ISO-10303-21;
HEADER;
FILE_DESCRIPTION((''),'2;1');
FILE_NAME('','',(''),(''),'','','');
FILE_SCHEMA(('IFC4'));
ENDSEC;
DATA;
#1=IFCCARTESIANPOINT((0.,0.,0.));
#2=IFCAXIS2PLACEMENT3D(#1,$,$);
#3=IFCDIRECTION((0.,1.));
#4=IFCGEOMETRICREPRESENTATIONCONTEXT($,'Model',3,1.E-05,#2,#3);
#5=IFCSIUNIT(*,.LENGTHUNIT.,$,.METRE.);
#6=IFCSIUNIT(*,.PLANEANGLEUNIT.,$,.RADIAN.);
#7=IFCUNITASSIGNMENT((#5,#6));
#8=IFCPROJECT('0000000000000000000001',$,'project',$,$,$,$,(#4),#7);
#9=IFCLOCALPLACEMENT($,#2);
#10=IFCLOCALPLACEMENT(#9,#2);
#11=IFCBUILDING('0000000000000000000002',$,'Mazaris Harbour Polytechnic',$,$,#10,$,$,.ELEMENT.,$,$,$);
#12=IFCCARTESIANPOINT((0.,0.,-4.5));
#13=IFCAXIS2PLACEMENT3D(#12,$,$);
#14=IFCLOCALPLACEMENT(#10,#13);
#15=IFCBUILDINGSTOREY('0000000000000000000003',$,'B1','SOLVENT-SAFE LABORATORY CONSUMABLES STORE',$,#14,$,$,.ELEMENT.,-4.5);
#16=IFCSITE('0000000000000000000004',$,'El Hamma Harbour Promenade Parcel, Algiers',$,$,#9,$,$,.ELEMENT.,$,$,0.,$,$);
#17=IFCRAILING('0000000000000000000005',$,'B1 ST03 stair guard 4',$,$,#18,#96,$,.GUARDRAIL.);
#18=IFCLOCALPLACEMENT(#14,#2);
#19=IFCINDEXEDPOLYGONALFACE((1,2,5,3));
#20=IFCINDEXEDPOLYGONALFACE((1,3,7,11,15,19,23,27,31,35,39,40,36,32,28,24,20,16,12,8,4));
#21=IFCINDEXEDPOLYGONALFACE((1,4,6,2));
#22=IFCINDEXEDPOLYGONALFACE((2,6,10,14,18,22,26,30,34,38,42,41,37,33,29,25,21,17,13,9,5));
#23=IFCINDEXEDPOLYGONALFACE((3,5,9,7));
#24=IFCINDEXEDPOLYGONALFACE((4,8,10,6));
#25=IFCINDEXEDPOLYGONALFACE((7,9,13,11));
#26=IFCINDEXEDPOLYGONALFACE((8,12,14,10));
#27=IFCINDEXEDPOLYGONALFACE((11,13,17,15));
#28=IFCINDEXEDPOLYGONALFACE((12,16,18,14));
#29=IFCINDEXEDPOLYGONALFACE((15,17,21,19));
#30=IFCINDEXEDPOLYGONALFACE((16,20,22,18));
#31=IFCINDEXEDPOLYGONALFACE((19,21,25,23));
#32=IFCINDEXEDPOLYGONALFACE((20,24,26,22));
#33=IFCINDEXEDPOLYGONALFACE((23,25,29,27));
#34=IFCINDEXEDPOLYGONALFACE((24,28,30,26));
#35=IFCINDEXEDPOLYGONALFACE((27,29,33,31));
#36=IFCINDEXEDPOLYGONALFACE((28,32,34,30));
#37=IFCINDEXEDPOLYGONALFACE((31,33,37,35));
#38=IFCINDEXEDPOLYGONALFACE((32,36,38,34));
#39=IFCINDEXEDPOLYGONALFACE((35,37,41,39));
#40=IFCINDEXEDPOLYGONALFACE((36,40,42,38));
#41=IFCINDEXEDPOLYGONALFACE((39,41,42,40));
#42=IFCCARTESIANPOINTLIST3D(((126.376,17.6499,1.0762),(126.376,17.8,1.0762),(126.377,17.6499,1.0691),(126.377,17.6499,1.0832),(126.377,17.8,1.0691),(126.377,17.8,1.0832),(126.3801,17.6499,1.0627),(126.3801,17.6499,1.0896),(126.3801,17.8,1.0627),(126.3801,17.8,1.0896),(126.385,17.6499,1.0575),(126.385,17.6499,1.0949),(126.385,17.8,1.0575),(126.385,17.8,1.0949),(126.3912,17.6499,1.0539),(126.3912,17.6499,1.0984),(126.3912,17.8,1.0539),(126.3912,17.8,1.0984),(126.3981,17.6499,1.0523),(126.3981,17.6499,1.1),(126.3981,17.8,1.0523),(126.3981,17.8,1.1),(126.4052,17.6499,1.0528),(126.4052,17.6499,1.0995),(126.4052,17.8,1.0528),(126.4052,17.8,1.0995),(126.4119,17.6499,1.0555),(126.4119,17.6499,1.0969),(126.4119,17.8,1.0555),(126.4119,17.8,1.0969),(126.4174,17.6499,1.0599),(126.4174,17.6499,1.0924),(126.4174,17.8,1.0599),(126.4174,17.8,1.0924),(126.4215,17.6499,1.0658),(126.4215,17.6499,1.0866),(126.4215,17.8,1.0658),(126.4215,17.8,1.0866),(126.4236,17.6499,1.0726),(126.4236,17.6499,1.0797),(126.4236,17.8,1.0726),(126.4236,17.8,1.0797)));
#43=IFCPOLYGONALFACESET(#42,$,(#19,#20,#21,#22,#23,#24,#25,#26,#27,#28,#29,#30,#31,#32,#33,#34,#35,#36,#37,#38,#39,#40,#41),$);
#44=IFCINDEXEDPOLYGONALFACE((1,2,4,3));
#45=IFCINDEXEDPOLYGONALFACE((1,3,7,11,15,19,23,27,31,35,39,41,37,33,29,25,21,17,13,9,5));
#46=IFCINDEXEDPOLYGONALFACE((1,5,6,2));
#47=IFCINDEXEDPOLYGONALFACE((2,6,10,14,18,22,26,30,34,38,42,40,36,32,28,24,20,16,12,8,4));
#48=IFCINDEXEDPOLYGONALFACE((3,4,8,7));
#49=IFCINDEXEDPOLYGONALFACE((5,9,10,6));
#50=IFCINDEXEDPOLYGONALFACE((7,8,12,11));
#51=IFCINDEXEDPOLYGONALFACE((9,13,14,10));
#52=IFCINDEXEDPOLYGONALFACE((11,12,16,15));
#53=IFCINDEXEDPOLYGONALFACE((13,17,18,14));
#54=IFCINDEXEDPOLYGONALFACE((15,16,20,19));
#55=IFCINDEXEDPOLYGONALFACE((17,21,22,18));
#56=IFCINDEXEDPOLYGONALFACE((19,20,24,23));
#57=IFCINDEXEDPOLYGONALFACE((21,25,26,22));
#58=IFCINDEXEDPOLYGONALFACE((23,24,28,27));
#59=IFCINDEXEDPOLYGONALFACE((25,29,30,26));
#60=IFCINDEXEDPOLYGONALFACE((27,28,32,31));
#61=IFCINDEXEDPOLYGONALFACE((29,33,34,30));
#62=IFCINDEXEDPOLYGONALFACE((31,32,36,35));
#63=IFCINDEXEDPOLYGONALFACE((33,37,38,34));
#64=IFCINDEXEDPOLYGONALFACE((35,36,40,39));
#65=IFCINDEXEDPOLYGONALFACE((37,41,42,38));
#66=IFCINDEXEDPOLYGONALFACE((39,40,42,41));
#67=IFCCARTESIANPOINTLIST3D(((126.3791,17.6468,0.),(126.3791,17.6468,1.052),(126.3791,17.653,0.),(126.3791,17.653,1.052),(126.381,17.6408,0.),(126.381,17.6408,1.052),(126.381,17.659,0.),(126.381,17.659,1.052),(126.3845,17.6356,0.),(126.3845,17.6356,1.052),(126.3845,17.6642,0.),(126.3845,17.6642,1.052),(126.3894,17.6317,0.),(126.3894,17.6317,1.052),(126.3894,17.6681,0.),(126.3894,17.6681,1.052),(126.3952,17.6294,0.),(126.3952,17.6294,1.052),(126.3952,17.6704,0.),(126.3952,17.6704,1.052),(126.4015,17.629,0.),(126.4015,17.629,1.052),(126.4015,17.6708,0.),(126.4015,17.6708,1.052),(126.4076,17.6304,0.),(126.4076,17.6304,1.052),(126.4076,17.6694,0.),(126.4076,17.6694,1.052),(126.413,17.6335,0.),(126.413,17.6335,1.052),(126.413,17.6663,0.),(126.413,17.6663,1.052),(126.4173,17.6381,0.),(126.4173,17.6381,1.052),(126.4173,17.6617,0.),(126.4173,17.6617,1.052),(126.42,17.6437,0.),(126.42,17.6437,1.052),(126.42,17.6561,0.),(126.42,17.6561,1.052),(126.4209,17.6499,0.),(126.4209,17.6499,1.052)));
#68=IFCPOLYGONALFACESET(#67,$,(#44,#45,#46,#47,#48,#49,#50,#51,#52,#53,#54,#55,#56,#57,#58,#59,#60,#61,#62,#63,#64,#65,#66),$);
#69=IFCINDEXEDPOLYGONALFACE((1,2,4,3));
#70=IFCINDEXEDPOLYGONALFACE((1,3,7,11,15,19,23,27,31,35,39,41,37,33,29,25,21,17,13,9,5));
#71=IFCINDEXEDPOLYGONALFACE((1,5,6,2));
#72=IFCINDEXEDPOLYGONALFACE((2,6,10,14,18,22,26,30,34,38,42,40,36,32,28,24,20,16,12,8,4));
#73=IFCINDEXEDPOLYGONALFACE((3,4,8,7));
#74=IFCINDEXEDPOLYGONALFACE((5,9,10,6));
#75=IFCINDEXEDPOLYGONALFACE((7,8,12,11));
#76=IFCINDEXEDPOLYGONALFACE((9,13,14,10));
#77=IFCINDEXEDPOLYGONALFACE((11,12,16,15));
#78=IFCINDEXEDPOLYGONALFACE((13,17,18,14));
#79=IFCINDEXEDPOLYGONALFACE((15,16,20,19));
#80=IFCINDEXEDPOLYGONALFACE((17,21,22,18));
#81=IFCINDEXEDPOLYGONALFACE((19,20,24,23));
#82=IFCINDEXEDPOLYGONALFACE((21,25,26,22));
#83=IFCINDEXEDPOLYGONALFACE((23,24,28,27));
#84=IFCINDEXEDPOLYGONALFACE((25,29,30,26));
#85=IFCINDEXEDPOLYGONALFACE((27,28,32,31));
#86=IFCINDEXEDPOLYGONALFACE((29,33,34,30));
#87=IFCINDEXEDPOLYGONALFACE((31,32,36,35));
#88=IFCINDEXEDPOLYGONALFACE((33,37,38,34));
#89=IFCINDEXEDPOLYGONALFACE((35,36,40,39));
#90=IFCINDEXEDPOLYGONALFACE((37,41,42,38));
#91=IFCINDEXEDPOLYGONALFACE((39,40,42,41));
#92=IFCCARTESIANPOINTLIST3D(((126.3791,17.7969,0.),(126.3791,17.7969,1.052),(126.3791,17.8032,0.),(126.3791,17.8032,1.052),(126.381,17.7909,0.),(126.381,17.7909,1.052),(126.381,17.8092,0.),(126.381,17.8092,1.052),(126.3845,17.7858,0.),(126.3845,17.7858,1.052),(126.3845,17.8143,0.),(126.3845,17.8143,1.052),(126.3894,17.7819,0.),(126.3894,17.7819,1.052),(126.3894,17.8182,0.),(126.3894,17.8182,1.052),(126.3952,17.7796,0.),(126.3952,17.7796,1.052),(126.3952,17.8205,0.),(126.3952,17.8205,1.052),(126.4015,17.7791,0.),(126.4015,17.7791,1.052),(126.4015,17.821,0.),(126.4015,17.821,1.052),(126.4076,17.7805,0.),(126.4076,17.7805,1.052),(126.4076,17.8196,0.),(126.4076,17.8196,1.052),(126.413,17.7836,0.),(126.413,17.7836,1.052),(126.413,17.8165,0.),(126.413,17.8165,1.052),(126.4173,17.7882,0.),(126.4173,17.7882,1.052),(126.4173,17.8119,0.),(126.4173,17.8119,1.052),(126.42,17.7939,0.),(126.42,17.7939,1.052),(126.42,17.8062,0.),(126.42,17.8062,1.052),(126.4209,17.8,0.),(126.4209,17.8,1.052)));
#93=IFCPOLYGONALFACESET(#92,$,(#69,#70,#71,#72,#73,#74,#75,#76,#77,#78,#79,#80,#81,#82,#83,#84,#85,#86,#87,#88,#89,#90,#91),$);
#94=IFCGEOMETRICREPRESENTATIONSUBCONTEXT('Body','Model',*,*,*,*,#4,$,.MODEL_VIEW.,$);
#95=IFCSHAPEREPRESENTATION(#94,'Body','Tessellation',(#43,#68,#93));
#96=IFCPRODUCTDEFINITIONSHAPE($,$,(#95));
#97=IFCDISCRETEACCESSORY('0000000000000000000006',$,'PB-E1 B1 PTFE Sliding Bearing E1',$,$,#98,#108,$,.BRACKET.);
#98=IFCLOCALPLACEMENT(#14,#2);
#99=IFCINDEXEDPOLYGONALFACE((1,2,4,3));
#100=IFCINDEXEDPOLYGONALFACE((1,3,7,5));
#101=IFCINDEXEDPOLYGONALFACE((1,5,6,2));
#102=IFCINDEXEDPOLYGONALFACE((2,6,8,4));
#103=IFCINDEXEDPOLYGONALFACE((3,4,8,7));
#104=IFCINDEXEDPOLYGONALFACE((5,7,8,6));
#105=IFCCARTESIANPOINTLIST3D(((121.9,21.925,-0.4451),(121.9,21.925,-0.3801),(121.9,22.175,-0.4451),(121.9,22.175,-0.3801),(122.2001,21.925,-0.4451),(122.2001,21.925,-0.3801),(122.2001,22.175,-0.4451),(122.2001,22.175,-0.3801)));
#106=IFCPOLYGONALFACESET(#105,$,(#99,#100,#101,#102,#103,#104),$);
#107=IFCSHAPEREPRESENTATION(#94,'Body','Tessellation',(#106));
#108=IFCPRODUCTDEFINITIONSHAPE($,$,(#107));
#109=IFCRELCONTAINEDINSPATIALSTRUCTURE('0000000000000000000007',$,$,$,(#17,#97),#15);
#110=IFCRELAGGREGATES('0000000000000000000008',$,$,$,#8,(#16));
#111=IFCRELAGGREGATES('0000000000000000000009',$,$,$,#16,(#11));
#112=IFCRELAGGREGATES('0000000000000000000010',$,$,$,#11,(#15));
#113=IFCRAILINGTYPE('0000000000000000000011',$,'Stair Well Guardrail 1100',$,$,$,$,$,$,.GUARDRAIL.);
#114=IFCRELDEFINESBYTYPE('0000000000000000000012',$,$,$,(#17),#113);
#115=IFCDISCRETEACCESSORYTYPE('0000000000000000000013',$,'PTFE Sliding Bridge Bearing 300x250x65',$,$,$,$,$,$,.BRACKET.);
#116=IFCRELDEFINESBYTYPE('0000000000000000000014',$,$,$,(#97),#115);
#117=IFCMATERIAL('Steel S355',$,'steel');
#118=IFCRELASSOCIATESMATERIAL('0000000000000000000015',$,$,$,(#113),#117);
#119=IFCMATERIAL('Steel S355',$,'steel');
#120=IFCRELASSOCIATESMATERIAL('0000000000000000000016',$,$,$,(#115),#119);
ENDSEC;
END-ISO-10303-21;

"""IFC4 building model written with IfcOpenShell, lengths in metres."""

from ifc_helpers import new_model, si_unit, direction, frame, origin, origin_2d, place, context, subcontext, project, spatial, rectangle, circle, extrude, material, type_object, element, save


model = new_model("IFC4")

# Units and contexts
model_context = context("Model", 3, precision=1e-05, world=origin(), true_north=direction((0.0, 1.0)))
body_context = subcontext(model_context, "Body", "Model", "MODEL_VIEW")
ifc_project = project(units=[si_unit("LENGTHUNIT", "METRE"), si_unit("PLANEANGLEUNIT", "RADIAN")], contexts=[model_context])

# Site, building, storey
site_placement = place(None, origin())
site = spatial("IfcSite", under=ifc_project, at=site_placement, Name="El Hamma Harbour Promenade Parcel, Algiers", CompositionType="ELEMENT", RefElevation=0.0)
building_placement = place(site_placement, origin())
building = spatial("IfcBuilding", under=site, at=building_placement, Name="Mazaris Harbour Polytechnic", CompositionType="ELEMENT")
storey_placement = place(building_placement, frame((0.0, 0.0, -4.5)))
storey = spatial("IfcBuildingStorey", under=building, at=storey_placement, Name="B1", Description="SOLVENT-SAFE LABORATORY CONSUMABLES STORE", CompositionType="ELEMENT", Elevation=-4.5)

# Railing
ifc_material_1 = material(Name="Steel S355", Category="steel")
railing_type_1 = type_object("IfcRailingType", Name="Stair Well Guardrail 1100", PredefinedType="GUARDRAIL", material=ifc_material_1)
railing_1_placement = place(storey_placement, frame((126.3999, 17.6499, 0.0)))
element("IfcRailing", 1, at=railing_1_placement, inside=storey, type_object=railing_type_1, Name="B1 ST03 stair guard 4", PredefinedType="GUARDRAIL", context=body_context, shape_type="SweptSolid", body=[
    extrude(circle(Radius=0.0239, at=origin_2d()), frame((0.0, 0.0, 1.0762), z_axis=(0.0, 1.0, 0.0), x_axis=(-1.0, 0.0, 0.0)), (0.0, 0.0, 1.0), 0.1501),
    extrude(circle(Radius=0.021, at=origin_2d()), origin(), (0.0, 0.0, 1.0), 1.052),
    extrude(circle(Radius=0.021, at=origin_2d()), frame((0.0, 0.1501, 0.0)), (0.0, 0.0, 1.0), 1.052),
])

# Discrete accessory
ifc_material_2 = material(Name="Steel S355", Category="steel")
discrete_accessory_type = type_object("IfcDiscreteAccessoryType", Name="PTFE Sliding Bridge Bearing 300x250x65", PredefinedType="BRACKET", material=ifc_material_2)
discrete_accessory_placement = place(storey_placement, frame((122.05, 22.05, -0.4451), z_axis=(0.0, 0.0, 1.0), x_axis=(1.0, 0.0, 0.0)))
element("IfcDiscreteAccessory", 2, at=discrete_accessory_placement, inside=storey, type_object=discrete_accessory_type, Name="PB-E1 B1 PTFE Sliding Bearing E1", PredefinedType="BRACKET", context=body_context, shape_type="SweptSolid", body=[
    extrude(rectangle(XDim=0.3, YDim=0.25, at=origin_2d()), origin(), (0.0, 0.0, 1.0), 0.0649),
])

save(model, "model.ifc")
